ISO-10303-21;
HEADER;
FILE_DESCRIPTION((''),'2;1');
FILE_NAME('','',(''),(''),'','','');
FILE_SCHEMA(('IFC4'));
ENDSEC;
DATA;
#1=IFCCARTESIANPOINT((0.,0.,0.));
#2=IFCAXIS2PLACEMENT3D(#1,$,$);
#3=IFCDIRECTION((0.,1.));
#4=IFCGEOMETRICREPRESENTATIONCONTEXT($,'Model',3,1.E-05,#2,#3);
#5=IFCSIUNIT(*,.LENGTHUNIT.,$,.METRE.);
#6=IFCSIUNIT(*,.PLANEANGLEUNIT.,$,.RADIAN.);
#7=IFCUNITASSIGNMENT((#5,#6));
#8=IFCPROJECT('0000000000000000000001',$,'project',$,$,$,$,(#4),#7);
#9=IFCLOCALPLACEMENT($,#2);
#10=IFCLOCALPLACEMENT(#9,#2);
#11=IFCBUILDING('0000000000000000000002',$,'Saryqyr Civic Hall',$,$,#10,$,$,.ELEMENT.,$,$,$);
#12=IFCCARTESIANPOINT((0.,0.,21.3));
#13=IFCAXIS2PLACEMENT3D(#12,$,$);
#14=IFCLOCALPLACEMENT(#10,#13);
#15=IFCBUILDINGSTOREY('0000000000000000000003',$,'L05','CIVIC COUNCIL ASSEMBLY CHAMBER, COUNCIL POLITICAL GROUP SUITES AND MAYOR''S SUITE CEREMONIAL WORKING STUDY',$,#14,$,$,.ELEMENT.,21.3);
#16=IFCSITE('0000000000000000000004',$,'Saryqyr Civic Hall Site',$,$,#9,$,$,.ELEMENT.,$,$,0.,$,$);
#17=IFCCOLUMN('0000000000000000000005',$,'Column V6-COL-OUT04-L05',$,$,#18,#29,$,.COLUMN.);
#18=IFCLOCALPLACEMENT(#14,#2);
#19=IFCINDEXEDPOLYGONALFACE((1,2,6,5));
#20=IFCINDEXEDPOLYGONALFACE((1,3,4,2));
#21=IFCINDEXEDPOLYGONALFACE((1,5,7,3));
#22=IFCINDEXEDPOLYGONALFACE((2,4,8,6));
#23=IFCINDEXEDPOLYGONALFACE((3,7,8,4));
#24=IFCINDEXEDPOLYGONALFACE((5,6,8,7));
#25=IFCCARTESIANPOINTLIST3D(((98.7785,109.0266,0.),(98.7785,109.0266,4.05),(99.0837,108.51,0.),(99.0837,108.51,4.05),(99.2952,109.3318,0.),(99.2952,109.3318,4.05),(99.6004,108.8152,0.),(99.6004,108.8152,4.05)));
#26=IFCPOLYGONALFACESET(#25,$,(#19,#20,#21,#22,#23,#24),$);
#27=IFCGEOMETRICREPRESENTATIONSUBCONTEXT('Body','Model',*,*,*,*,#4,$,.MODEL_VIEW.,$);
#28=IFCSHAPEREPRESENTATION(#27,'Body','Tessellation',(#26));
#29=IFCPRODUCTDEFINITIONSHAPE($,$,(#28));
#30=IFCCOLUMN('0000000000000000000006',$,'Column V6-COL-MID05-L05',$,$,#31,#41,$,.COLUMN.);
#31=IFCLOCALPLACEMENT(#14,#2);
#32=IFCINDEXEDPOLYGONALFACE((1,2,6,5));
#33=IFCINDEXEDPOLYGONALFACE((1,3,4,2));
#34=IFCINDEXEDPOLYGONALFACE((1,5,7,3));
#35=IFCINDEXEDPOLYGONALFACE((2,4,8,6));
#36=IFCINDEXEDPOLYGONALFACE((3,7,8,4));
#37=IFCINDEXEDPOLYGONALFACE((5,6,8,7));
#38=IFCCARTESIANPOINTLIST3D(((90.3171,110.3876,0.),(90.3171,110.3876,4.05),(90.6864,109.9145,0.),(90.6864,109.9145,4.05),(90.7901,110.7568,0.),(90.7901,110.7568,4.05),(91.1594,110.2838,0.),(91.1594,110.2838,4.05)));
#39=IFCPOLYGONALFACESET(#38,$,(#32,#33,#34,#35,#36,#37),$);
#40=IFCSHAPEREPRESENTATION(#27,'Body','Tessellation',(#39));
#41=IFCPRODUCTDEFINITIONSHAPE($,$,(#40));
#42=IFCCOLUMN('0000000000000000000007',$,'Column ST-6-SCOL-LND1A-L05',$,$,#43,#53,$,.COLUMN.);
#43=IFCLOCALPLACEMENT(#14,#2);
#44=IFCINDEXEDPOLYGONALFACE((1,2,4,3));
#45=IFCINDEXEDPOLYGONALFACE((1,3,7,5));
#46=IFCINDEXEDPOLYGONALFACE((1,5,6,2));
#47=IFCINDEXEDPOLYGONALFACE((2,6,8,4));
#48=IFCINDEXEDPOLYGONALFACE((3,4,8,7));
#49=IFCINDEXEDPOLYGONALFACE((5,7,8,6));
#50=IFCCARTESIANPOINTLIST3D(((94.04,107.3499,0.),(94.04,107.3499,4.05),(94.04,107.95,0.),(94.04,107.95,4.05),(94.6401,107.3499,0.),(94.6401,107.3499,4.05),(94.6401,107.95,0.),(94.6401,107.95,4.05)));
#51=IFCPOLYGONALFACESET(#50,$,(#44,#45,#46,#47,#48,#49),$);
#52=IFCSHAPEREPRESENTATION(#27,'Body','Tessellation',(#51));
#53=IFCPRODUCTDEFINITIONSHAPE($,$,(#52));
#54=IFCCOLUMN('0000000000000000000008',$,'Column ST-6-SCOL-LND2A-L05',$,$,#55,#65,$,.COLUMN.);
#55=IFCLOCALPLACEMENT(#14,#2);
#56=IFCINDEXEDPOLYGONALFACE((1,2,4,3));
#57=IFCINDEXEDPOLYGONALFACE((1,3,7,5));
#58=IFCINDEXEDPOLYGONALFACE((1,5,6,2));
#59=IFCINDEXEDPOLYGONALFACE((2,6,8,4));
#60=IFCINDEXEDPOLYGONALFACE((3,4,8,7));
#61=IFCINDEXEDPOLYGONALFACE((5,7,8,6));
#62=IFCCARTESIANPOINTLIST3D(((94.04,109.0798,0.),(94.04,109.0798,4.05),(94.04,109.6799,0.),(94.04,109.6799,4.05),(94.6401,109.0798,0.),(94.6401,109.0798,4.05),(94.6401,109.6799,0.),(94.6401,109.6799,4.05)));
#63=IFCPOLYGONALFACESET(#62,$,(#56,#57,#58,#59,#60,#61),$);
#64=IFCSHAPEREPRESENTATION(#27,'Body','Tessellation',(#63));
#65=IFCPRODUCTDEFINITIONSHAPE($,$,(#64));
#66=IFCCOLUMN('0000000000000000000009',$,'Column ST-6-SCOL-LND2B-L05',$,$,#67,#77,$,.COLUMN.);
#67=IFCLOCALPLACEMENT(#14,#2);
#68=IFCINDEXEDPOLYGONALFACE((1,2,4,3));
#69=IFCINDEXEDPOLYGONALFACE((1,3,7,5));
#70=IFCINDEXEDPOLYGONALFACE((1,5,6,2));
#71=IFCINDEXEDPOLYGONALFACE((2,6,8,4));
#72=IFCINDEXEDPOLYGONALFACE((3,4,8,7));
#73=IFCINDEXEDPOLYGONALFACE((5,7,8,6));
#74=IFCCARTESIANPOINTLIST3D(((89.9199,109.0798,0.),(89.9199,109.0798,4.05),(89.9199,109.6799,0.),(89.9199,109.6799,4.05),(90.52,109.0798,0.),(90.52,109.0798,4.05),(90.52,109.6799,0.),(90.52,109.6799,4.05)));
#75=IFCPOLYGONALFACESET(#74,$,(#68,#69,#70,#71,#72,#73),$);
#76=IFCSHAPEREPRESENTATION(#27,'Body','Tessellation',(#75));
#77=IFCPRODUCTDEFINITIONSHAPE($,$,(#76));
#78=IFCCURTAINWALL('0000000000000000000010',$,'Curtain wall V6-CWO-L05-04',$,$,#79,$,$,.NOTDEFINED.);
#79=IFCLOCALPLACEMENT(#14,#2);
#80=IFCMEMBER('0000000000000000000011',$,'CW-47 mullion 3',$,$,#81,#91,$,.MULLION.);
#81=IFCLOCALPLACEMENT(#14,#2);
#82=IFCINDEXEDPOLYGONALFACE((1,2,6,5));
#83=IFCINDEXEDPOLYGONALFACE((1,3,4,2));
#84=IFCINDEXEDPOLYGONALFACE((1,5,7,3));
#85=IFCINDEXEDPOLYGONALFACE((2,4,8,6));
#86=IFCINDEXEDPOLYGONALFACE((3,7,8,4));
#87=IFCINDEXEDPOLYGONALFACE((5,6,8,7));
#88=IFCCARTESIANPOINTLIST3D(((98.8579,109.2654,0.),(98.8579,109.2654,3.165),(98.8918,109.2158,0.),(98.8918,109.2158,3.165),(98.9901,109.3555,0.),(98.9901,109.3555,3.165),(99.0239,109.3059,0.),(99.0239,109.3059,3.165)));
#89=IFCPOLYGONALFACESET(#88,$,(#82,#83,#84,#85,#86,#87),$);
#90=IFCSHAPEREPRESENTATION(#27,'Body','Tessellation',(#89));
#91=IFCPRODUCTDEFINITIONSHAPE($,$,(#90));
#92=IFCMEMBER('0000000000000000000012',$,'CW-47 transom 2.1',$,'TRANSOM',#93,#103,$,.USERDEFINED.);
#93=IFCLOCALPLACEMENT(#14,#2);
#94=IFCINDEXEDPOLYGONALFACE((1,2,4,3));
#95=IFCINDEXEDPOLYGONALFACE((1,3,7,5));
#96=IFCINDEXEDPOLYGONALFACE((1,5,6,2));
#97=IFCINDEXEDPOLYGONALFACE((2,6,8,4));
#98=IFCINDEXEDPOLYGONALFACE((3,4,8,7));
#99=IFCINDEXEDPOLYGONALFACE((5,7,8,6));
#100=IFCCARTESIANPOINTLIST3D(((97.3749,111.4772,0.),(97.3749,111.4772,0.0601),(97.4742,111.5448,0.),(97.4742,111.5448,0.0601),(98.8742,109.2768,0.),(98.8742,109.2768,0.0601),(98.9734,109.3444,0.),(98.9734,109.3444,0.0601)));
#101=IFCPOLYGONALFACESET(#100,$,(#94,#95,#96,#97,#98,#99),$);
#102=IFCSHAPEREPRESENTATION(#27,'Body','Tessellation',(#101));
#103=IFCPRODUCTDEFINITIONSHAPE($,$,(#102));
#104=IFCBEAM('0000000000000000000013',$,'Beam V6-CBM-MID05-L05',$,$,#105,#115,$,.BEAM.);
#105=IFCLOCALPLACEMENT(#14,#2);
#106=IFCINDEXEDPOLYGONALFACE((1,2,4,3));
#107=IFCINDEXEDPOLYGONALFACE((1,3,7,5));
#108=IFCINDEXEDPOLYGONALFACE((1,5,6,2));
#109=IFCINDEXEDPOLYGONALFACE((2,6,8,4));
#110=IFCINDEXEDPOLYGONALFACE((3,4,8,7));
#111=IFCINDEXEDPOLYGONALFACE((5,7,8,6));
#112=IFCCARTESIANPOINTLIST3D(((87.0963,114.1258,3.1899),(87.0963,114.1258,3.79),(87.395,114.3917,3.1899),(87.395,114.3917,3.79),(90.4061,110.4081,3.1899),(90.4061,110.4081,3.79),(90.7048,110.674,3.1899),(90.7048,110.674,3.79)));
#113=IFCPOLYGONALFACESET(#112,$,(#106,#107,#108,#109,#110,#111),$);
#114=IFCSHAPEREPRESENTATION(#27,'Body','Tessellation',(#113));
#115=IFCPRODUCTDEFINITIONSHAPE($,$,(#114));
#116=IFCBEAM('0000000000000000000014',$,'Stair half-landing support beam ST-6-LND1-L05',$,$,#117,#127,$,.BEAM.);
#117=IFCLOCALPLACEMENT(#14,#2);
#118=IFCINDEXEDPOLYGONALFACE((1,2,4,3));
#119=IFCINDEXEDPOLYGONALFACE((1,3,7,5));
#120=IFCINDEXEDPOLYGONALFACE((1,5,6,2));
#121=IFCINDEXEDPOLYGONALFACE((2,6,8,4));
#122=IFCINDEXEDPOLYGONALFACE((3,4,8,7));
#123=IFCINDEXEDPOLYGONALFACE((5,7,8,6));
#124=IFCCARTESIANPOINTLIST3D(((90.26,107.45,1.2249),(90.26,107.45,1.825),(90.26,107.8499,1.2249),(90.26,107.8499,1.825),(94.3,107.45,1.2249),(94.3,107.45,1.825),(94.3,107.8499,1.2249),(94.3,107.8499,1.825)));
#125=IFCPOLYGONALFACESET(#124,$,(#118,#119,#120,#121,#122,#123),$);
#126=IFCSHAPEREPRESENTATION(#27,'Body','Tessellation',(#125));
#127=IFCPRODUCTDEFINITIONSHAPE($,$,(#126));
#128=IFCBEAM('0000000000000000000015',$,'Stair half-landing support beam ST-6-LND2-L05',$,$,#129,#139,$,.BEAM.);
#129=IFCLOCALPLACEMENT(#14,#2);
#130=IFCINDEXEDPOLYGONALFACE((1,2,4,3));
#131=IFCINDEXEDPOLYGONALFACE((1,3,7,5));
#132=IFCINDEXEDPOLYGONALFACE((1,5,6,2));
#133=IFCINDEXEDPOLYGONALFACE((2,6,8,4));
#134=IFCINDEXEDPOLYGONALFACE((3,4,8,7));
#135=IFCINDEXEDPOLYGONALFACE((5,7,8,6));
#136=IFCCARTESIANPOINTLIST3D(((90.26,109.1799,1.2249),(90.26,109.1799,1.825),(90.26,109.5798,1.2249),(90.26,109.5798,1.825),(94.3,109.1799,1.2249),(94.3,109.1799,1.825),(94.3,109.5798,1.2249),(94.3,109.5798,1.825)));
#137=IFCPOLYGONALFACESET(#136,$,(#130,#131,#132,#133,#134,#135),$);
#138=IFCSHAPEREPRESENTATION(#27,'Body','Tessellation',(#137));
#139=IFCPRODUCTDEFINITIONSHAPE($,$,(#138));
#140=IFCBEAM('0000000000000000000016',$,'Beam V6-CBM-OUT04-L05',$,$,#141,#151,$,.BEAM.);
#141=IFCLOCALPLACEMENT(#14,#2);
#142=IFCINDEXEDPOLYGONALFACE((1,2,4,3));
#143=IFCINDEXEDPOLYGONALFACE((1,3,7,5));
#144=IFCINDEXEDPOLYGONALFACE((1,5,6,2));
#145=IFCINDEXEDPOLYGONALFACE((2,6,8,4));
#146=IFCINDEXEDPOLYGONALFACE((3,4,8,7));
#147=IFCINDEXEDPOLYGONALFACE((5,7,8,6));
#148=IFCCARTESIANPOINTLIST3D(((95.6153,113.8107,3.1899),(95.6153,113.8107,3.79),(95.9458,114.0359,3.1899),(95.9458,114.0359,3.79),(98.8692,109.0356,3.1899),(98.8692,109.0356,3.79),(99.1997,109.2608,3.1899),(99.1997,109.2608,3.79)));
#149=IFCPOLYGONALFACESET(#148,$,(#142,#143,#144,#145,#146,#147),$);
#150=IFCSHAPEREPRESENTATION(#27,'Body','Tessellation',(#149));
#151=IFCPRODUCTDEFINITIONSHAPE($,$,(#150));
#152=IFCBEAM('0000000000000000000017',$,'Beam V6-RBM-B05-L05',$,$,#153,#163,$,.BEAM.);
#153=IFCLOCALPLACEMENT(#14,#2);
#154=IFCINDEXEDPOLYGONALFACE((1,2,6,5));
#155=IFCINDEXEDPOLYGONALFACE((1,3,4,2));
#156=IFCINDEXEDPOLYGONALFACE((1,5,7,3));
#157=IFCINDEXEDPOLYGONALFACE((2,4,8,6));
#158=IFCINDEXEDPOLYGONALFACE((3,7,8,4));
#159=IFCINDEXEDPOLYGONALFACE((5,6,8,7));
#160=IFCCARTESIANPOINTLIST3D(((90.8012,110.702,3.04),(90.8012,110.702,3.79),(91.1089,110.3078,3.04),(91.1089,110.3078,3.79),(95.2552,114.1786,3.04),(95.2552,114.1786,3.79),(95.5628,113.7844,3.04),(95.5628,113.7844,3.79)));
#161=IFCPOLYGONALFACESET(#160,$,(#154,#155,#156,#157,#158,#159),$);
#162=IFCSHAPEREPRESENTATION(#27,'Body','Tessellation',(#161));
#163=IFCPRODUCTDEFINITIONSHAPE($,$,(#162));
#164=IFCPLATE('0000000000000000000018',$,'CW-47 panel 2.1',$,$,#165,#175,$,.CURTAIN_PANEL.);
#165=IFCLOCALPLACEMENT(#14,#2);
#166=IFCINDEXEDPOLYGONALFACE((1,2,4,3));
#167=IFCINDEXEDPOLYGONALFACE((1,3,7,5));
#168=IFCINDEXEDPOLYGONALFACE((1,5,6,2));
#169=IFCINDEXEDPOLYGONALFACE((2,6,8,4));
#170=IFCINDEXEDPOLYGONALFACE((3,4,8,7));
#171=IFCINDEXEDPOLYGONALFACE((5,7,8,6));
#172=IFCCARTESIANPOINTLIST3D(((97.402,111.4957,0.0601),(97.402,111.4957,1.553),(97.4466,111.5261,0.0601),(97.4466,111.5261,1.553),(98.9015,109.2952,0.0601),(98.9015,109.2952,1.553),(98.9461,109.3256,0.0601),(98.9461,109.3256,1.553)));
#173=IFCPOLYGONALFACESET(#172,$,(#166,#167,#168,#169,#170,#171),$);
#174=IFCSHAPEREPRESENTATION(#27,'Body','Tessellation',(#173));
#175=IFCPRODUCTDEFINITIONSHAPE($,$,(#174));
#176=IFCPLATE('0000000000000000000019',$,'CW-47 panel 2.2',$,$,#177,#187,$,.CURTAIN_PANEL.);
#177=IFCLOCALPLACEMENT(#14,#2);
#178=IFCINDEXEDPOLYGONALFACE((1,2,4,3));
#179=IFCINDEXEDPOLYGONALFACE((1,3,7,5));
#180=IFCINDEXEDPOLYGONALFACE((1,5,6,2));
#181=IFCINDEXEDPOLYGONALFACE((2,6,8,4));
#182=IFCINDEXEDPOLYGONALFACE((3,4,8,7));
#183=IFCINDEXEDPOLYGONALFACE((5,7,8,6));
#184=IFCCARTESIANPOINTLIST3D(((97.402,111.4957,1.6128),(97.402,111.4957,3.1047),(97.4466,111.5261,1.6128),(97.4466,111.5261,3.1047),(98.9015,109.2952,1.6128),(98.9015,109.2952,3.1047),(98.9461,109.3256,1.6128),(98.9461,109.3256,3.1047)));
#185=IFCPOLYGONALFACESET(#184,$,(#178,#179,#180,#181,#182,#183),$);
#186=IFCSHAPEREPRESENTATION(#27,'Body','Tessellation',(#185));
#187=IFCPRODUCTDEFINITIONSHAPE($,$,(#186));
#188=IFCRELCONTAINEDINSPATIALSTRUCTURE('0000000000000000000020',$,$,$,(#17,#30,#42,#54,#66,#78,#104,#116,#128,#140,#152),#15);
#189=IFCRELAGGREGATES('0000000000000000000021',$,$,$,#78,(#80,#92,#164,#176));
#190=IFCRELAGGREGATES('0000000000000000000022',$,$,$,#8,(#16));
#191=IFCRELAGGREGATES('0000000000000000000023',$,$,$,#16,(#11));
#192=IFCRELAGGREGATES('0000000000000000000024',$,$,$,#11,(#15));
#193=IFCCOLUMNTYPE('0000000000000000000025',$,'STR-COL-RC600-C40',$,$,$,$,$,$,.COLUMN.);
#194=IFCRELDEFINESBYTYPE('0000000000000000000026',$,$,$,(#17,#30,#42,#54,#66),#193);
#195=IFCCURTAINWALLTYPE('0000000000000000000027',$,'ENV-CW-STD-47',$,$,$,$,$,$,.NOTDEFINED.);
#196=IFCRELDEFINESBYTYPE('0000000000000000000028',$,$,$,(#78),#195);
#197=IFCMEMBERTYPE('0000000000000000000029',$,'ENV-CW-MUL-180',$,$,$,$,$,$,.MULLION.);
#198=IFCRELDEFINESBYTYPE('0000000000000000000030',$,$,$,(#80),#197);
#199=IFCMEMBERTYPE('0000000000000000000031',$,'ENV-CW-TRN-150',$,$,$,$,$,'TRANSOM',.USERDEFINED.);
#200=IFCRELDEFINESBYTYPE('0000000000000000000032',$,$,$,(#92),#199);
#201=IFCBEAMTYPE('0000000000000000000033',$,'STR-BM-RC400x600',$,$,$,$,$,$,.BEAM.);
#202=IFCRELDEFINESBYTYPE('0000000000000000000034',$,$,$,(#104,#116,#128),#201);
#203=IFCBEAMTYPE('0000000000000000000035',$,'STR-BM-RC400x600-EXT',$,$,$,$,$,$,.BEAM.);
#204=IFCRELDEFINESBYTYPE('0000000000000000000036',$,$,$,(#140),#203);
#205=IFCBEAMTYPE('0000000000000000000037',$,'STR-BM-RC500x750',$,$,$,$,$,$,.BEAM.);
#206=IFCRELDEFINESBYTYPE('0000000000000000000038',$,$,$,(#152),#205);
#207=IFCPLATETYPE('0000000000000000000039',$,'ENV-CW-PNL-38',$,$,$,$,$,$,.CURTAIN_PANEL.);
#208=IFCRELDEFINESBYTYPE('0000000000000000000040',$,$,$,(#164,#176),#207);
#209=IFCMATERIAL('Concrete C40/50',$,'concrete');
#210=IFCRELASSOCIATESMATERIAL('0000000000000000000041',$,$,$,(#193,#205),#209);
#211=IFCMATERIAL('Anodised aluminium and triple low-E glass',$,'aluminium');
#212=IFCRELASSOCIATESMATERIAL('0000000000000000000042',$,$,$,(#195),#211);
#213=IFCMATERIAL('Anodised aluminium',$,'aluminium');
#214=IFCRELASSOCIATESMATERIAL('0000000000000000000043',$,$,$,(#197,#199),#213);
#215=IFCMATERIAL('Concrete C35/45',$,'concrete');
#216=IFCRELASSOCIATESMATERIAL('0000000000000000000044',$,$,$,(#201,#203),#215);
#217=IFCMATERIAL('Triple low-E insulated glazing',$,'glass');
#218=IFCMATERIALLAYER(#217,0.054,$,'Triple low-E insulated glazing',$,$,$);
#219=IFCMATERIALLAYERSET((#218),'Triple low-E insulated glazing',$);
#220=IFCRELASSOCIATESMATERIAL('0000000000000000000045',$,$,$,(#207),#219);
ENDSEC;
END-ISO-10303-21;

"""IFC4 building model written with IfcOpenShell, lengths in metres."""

from ifc_helpers import new_model, si_unit, direction, frame, origin, origin_2d, place, context, subcontext, project, spatial, rectangle, extrude, material, layer, layer_set, material_profile, profile_set, type_object, element, aggregate, save


model = new_model("IFC4")

# Units and contexts
model_context = context("Model", 3, precision=1e-05, world=origin(), true_north=direction((0.0, 1.0)))
body_context = subcontext(model_context, "Body", "Model", "MODEL_VIEW")
ifc_project = project(units=[si_unit("LENGTHUNIT", "METRE"), si_unit("PLANEANGLEUNIT", "RADIAN")], contexts=[model_context])

# Site, building, storey
site_placement = place(None, origin())
site = spatial("IfcSite", under=ifc_project, at=site_placement, Name="Saryqyr Civic Hall Site", CompositionType="ELEMENT", RefElevation=0.0)
building_placement = place(site_placement, origin())
building = spatial("IfcBuilding", under=site, at=building_placement, Name="Saryqyr Civic Hall", CompositionType="ELEMENT")
storey_placement = place(building_placement, frame((0.0, 0.0, 21.3)))
storey = spatial("IfcBuildingStorey", under=building, at=storey_placement, Name="L05", Description="CIVIC COUNCIL ASSEMBLY CHAMBER, COUNCIL POLITICAL GROUP SUITES AND MAYOR'S SUITE CEREMONIAL WORKING STUDY", CompositionType="ELEMENT", Elevation=21.3)

# Columns
ifc_material_1 = material(Name="Concrete C40/50", Category="concrete")
ifc_material_profile_1 = material_profile(ifc_material_1, rectangle(XDim=0.6001, YDim=0.6001, at=origin_2d()), Name="RC 600x600")
ifc_profile_set_1 = profile_set([ifc_material_profile_1], Name="Concrete C40/50")
column_type = type_object("IfcColumnType", Name="STR-COL-RC600-C40", PredefinedType="COLUMN", material=ifc_profile_set_1)
for number, where, z_axis, x_axis, name in (
    (1, (99.1895, 108.9209, 0.0), (0.0, 0.0, 1.0), (0.861008, 0.508591, 0.0), "Column V6-COL-OUT04-L05"),
    (2, (90.7383, 110.3357, 0.0), (0.0, 0.0, 1.0), (0.788226, 0.615386, 0.0), "Column V6-COL-MID05-L05"),
    (3, (94.3401, 107.6499, 0.0), (0.0, 0.0, 1.0), (1.0, 0.0, 0.0), "Column ST-6-SCOL-LND1A-L05"),
    (4, (94.3401, 109.3799, 0.0), (0.0, 0.0, 1.0), (1.0, 0.0, 0.0), "Column ST-6-SCOL-LND2A-L05"),
    (5, (90.22, 109.3799, 0.0), (0.0, 0.0, 1.0), (1.0, 0.0, 0.0), "Column ST-6-SCOL-LND2B-L05"),
):
    element("IfcColumn", number, at=place(storey_placement, frame(where, z_axis=z_axis, x_axis=x_axis)), inside=storey, type_object=column_type, Name=name, PredefinedType="COLUMN", context=body_context, shape_type="SweptSolid", body=[
        extrude(rectangle(XDim=0.6001, YDim=0.6001, at=origin_2d()), origin(), (0.0, 0.0, 1.0), 4.05),
    ])

# Curtain wall, members
ifc_material_2 = material(Name="Anodised aluminium and triple low-E glass", Category="aluminium")
curtain_wall_type = type_object("IfcCurtainWallType", Name="ENV-CW-STD-47", PredefinedType="NOTDEFINED", material=ifc_material_2)
curtain_wall_placement = place(storey_placement, origin())
curtain_wall = element("IfcCurtainWall", 6, at=curtain_wall_placement, inside=storey, type_object=curtain_wall_type, Name="Curtain wall V6-CWO-L05-04", PredefinedType="NOTDEFINED")
ifc_material_3 = material(Name="Anodised aluminium", Category="aluminium")
ifc_material_profile_2 = material_profile(ifc_material_3, rectangle(XDim=0.0601, YDim=0.1599, at=origin_2d()), Name="ALU MULLION 60x160")
ifc_profile_set_2 = profile_set([ifc_material_profile_2], Name="Anodised aluminium")
member_type_1 = type_object("IfcMemberType", Name="ENV-CW-MUL-180", PredefinedType="MULLION", material=ifc_profile_set_2)
member_1_placement = place(storey_placement, frame((98.9409, 109.2856, 0.0), z_axis=(0.0, 0.0, 1.0), x_axis=(0.563118, -0.826377, 0.0)))
member_1 = element("IfcMember", 7, at=member_1_placement, type_object=member_type_1, Name="CW-47 mullion 3", PredefinedType="MULLION", context=body_context, shape_type="SweptSolid", body=[
    extrude(rectangle(XDim=0.0601, YDim=0.1599, at=origin_2d()), origin(), (0.0, 0.0, 1.0), 3.165),
])
ifc_material_profile_3 = material_profile(ifc_material_3, rectangle(XDim=0.1201, YDim=0.0601, at=origin_2d()), Name="ALU TRANSOM 120x60")
ifc_profile_set_3 = profile_set([ifc_material_profile_3], Name="Anodised aluminium")
member_type_2 = type_object("IfcMemberType", Name="ENV-CW-TRN-150", ElementType="TRANSOM", PredefinedType="USERDEFINED", material=ifc_profile_set_3)
member_2_placement = place(storey_placement, frame((97.4246, 111.511, 0.03), z_axis=(0.563072, -0.826408, 0.0), x_axis=(0.826408, 0.563072, 0.0)))
member_2 = element("IfcMember", 8, at=member_2_placement, type_object=member_type_2, Name="CW-47 transom 2.1", ObjectType="TRANSOM", PredefinedType="USERDEFINED", context=body_context, shape_type="SweptSolid", body=[
    extrude(rectangle(XDim=0.1201, YDim=0.0601, at=origin_2d()), origin(), (0.0, 0.0, 1.0), 2.6626),
])

# Beams
ifc_material_4 = material(Name="Concrete C35/45", Category="concrete")
ifc_material_profile_4 = material_profile(ifc_material_4, rectangle(XDim=0.3999, YDim=0.6001, at=origin_2d()), Name="RC 400x600")
ifc_profile_set_4 = profile_set([ifc_material_profile_4], Name="Concrete C35/45")
beam_type_1 = type_object("IfcBeamType", Name="STR-BM-RC400x600", PredefinedType="BEAM", material=ifc_profile_set_4)
beam_1_placement = place(storey_placement, frame((90.5554, 110.541, 3.49), z_axis=(-0.664939, 0.746898, 0.0), x_axis=(-0.746898, -0.664939, 0.0)))
element("IfcBeam", 9, at=beam_1_placement, inside=storey, type_object=beam_type_1, Name="Beam V6-CBM-MID05-L05", PredefinedType="BEAM", context=body_context, shape_type="SweptSolid", body=[
    extrude(rectangle(XDim=0.3999, YDim=0.6001, at=origin_2d()), origin(), (0.0, 0.0, 1.0), 4.9775),
])
for number, where, z_axis, x_axis, name in (
    (10, (94.3, 107.6499, 1.5249), (-1.0, 0.0, 0.0), (0.0, -1.0, 0.0), "Stair half-landing support beam ST-6-LND1-L05"),
    (11, (94.3, 109.3799, 1.5249), (-1.0, 0.0, 0.0), (0.0, -1.0, 0.0), "Stair half-landing support beam ST-6-LND2-L05"),
):
    element("IfcBeam", number, at=place(storey_placement, frame(where, z_axis=z_axis, x_axis=x_axis)), inside=storey, type_object=beam_type_1, Name=name, PredefinedType="BEAM", context=body_context, shape_type="SweptSolid", body=[
        extrude(rectangle(XDim=0.3999, YDim=0.6001, at=origin_2d()), origin(), (0.0, 0.0, 1.0), 4.04),
    ])
ifc_material_profile_5 = material_profile(ifc_material_4, rectangle(XDim=0.3999, YDim=0.6001, at=origin_2d()), Name="RC 400x600")
ifc_profile_set_5 = profile_set([ifc_material_profile_5], Name="Concrete C35/45")
beam_type_2 = type_object("IfcBeamType", Name="STR-BM-RC400x600-EXT", PredefinedType="BEAM", material=ifc_profile_set_5)
beam_2_placement = place(storey_placement, frame((99.0344, 109.1482, 3.49), z_axis=(-0.563115, 0.826378, 0.0), x_axis=(-0.826378, -0.563115, 0.0)))
element("IfcBeam", 12, at=beam_2_placement, inside=storey, type_object=beam_type_2, Name="Beam V6-CBM-OUT04-L05", PredefinedType="BEAM", context=body_context, shape_type="SweptSolid", body=[
    extrude(rectangle(XDim=0.3999, YDim=0.6001, at=origin_2d()), origin(), (0.0, 0.0, 1.0), 5.7783),
])
ifc_material_profile_6 = material_profile(ifc_material_1, rectangle(XDim=0.5, YDim=0.75, at=origin_2d()), Name="RC 500x750")
ifc_profile_set_6 = profile_set([ifc_material_profile_6], Name="Concrete C40/50")
beam_type_3 = type_object("IfcBeamType", Name="STR-BM-RC500x750", PredefinedType="BEAM", material=ifc_profile_set_6)
beam_3_placement = place(storey_placement, frame((90.9551, 110.5049, 3.415), z_axis=(0.788283, 0.615313, 0.0), x_axis=(-0.615313, 0.788283, 0.0)))
element("IfcBeam", 13, at=beam_3_placement, inside=storey, type_object=beam_type_3, Name="Beam V6-RBM-B05-L05", PredefinedType="BEAM", context=body_context, shape_type="SweptSolid", body=[
    extrude(rectangle(XDim=0.5, YDim=0.75, at=origin_2d()), origin(), (0.0, 0.0, 1.0), 5.6501),
])

# Plates
ifc_material_5 = material(Name="Triple low-E insulated glazing", Category="glass")
ifc_layer_1 = layer(ifc_material_5, 0.054, Name="Triple low-E insulated glazing")
ifc_layer_set_1 = layer_set([ifc_layer_1], Name="Triple low-E insulated glazing")
plate_type = type_object("IfcPlateType", Name="ENV-CW-PNL-38", PredefinedType="CURTAIN_PANEL", material=ifc_layer_set_1)
plate_1_placement = place(storey_placement, frame((98.1741, 110.4106, 0.0601), z_axis=(0.0, 0.0, 1.0), x_axis=(0.563118, -0.826377, 0.0)))
plate_1 = element("IfcPlate", 14, at=plate_1_placement, type_object=plate_type, Name="CW-47 panel 2.1", PredefinedType="CURTAIN_PANEL", context=body_context, shape_type="SweptSolid", body=[
    extrude(rectangle(XDim=2.6628, YDim=0.054, at=origin_2d()), origin(), (0.0, 0.0, 1.0), 1.4929),
])
plate_2_placement = place(storey_placement, frame((98.1741, 110.4106, 1.6128), z_axis=(0.0, 0.0, 1.0), x_axis=(0.563118, -0.826377, 0.0)))
plate_2 = element("IfcPlate", 15, at=plate_2_placement, type_object=plate_type, Name="CW-47 panel 2.2", PredefinedType="CURTAIN_PANEL", context=body_context, shape_type="SweptSolid", body=[
    extrude(rectangle(XDim=2.6628, YDim=0.054, at=origin_2d()), origin(), (0.0, 0.0, 1.0), 1.4919),
])
aggregate(curtain_wall, [member_1, member_2, plate_1, plate_2])

save(model, "model.ifc")
